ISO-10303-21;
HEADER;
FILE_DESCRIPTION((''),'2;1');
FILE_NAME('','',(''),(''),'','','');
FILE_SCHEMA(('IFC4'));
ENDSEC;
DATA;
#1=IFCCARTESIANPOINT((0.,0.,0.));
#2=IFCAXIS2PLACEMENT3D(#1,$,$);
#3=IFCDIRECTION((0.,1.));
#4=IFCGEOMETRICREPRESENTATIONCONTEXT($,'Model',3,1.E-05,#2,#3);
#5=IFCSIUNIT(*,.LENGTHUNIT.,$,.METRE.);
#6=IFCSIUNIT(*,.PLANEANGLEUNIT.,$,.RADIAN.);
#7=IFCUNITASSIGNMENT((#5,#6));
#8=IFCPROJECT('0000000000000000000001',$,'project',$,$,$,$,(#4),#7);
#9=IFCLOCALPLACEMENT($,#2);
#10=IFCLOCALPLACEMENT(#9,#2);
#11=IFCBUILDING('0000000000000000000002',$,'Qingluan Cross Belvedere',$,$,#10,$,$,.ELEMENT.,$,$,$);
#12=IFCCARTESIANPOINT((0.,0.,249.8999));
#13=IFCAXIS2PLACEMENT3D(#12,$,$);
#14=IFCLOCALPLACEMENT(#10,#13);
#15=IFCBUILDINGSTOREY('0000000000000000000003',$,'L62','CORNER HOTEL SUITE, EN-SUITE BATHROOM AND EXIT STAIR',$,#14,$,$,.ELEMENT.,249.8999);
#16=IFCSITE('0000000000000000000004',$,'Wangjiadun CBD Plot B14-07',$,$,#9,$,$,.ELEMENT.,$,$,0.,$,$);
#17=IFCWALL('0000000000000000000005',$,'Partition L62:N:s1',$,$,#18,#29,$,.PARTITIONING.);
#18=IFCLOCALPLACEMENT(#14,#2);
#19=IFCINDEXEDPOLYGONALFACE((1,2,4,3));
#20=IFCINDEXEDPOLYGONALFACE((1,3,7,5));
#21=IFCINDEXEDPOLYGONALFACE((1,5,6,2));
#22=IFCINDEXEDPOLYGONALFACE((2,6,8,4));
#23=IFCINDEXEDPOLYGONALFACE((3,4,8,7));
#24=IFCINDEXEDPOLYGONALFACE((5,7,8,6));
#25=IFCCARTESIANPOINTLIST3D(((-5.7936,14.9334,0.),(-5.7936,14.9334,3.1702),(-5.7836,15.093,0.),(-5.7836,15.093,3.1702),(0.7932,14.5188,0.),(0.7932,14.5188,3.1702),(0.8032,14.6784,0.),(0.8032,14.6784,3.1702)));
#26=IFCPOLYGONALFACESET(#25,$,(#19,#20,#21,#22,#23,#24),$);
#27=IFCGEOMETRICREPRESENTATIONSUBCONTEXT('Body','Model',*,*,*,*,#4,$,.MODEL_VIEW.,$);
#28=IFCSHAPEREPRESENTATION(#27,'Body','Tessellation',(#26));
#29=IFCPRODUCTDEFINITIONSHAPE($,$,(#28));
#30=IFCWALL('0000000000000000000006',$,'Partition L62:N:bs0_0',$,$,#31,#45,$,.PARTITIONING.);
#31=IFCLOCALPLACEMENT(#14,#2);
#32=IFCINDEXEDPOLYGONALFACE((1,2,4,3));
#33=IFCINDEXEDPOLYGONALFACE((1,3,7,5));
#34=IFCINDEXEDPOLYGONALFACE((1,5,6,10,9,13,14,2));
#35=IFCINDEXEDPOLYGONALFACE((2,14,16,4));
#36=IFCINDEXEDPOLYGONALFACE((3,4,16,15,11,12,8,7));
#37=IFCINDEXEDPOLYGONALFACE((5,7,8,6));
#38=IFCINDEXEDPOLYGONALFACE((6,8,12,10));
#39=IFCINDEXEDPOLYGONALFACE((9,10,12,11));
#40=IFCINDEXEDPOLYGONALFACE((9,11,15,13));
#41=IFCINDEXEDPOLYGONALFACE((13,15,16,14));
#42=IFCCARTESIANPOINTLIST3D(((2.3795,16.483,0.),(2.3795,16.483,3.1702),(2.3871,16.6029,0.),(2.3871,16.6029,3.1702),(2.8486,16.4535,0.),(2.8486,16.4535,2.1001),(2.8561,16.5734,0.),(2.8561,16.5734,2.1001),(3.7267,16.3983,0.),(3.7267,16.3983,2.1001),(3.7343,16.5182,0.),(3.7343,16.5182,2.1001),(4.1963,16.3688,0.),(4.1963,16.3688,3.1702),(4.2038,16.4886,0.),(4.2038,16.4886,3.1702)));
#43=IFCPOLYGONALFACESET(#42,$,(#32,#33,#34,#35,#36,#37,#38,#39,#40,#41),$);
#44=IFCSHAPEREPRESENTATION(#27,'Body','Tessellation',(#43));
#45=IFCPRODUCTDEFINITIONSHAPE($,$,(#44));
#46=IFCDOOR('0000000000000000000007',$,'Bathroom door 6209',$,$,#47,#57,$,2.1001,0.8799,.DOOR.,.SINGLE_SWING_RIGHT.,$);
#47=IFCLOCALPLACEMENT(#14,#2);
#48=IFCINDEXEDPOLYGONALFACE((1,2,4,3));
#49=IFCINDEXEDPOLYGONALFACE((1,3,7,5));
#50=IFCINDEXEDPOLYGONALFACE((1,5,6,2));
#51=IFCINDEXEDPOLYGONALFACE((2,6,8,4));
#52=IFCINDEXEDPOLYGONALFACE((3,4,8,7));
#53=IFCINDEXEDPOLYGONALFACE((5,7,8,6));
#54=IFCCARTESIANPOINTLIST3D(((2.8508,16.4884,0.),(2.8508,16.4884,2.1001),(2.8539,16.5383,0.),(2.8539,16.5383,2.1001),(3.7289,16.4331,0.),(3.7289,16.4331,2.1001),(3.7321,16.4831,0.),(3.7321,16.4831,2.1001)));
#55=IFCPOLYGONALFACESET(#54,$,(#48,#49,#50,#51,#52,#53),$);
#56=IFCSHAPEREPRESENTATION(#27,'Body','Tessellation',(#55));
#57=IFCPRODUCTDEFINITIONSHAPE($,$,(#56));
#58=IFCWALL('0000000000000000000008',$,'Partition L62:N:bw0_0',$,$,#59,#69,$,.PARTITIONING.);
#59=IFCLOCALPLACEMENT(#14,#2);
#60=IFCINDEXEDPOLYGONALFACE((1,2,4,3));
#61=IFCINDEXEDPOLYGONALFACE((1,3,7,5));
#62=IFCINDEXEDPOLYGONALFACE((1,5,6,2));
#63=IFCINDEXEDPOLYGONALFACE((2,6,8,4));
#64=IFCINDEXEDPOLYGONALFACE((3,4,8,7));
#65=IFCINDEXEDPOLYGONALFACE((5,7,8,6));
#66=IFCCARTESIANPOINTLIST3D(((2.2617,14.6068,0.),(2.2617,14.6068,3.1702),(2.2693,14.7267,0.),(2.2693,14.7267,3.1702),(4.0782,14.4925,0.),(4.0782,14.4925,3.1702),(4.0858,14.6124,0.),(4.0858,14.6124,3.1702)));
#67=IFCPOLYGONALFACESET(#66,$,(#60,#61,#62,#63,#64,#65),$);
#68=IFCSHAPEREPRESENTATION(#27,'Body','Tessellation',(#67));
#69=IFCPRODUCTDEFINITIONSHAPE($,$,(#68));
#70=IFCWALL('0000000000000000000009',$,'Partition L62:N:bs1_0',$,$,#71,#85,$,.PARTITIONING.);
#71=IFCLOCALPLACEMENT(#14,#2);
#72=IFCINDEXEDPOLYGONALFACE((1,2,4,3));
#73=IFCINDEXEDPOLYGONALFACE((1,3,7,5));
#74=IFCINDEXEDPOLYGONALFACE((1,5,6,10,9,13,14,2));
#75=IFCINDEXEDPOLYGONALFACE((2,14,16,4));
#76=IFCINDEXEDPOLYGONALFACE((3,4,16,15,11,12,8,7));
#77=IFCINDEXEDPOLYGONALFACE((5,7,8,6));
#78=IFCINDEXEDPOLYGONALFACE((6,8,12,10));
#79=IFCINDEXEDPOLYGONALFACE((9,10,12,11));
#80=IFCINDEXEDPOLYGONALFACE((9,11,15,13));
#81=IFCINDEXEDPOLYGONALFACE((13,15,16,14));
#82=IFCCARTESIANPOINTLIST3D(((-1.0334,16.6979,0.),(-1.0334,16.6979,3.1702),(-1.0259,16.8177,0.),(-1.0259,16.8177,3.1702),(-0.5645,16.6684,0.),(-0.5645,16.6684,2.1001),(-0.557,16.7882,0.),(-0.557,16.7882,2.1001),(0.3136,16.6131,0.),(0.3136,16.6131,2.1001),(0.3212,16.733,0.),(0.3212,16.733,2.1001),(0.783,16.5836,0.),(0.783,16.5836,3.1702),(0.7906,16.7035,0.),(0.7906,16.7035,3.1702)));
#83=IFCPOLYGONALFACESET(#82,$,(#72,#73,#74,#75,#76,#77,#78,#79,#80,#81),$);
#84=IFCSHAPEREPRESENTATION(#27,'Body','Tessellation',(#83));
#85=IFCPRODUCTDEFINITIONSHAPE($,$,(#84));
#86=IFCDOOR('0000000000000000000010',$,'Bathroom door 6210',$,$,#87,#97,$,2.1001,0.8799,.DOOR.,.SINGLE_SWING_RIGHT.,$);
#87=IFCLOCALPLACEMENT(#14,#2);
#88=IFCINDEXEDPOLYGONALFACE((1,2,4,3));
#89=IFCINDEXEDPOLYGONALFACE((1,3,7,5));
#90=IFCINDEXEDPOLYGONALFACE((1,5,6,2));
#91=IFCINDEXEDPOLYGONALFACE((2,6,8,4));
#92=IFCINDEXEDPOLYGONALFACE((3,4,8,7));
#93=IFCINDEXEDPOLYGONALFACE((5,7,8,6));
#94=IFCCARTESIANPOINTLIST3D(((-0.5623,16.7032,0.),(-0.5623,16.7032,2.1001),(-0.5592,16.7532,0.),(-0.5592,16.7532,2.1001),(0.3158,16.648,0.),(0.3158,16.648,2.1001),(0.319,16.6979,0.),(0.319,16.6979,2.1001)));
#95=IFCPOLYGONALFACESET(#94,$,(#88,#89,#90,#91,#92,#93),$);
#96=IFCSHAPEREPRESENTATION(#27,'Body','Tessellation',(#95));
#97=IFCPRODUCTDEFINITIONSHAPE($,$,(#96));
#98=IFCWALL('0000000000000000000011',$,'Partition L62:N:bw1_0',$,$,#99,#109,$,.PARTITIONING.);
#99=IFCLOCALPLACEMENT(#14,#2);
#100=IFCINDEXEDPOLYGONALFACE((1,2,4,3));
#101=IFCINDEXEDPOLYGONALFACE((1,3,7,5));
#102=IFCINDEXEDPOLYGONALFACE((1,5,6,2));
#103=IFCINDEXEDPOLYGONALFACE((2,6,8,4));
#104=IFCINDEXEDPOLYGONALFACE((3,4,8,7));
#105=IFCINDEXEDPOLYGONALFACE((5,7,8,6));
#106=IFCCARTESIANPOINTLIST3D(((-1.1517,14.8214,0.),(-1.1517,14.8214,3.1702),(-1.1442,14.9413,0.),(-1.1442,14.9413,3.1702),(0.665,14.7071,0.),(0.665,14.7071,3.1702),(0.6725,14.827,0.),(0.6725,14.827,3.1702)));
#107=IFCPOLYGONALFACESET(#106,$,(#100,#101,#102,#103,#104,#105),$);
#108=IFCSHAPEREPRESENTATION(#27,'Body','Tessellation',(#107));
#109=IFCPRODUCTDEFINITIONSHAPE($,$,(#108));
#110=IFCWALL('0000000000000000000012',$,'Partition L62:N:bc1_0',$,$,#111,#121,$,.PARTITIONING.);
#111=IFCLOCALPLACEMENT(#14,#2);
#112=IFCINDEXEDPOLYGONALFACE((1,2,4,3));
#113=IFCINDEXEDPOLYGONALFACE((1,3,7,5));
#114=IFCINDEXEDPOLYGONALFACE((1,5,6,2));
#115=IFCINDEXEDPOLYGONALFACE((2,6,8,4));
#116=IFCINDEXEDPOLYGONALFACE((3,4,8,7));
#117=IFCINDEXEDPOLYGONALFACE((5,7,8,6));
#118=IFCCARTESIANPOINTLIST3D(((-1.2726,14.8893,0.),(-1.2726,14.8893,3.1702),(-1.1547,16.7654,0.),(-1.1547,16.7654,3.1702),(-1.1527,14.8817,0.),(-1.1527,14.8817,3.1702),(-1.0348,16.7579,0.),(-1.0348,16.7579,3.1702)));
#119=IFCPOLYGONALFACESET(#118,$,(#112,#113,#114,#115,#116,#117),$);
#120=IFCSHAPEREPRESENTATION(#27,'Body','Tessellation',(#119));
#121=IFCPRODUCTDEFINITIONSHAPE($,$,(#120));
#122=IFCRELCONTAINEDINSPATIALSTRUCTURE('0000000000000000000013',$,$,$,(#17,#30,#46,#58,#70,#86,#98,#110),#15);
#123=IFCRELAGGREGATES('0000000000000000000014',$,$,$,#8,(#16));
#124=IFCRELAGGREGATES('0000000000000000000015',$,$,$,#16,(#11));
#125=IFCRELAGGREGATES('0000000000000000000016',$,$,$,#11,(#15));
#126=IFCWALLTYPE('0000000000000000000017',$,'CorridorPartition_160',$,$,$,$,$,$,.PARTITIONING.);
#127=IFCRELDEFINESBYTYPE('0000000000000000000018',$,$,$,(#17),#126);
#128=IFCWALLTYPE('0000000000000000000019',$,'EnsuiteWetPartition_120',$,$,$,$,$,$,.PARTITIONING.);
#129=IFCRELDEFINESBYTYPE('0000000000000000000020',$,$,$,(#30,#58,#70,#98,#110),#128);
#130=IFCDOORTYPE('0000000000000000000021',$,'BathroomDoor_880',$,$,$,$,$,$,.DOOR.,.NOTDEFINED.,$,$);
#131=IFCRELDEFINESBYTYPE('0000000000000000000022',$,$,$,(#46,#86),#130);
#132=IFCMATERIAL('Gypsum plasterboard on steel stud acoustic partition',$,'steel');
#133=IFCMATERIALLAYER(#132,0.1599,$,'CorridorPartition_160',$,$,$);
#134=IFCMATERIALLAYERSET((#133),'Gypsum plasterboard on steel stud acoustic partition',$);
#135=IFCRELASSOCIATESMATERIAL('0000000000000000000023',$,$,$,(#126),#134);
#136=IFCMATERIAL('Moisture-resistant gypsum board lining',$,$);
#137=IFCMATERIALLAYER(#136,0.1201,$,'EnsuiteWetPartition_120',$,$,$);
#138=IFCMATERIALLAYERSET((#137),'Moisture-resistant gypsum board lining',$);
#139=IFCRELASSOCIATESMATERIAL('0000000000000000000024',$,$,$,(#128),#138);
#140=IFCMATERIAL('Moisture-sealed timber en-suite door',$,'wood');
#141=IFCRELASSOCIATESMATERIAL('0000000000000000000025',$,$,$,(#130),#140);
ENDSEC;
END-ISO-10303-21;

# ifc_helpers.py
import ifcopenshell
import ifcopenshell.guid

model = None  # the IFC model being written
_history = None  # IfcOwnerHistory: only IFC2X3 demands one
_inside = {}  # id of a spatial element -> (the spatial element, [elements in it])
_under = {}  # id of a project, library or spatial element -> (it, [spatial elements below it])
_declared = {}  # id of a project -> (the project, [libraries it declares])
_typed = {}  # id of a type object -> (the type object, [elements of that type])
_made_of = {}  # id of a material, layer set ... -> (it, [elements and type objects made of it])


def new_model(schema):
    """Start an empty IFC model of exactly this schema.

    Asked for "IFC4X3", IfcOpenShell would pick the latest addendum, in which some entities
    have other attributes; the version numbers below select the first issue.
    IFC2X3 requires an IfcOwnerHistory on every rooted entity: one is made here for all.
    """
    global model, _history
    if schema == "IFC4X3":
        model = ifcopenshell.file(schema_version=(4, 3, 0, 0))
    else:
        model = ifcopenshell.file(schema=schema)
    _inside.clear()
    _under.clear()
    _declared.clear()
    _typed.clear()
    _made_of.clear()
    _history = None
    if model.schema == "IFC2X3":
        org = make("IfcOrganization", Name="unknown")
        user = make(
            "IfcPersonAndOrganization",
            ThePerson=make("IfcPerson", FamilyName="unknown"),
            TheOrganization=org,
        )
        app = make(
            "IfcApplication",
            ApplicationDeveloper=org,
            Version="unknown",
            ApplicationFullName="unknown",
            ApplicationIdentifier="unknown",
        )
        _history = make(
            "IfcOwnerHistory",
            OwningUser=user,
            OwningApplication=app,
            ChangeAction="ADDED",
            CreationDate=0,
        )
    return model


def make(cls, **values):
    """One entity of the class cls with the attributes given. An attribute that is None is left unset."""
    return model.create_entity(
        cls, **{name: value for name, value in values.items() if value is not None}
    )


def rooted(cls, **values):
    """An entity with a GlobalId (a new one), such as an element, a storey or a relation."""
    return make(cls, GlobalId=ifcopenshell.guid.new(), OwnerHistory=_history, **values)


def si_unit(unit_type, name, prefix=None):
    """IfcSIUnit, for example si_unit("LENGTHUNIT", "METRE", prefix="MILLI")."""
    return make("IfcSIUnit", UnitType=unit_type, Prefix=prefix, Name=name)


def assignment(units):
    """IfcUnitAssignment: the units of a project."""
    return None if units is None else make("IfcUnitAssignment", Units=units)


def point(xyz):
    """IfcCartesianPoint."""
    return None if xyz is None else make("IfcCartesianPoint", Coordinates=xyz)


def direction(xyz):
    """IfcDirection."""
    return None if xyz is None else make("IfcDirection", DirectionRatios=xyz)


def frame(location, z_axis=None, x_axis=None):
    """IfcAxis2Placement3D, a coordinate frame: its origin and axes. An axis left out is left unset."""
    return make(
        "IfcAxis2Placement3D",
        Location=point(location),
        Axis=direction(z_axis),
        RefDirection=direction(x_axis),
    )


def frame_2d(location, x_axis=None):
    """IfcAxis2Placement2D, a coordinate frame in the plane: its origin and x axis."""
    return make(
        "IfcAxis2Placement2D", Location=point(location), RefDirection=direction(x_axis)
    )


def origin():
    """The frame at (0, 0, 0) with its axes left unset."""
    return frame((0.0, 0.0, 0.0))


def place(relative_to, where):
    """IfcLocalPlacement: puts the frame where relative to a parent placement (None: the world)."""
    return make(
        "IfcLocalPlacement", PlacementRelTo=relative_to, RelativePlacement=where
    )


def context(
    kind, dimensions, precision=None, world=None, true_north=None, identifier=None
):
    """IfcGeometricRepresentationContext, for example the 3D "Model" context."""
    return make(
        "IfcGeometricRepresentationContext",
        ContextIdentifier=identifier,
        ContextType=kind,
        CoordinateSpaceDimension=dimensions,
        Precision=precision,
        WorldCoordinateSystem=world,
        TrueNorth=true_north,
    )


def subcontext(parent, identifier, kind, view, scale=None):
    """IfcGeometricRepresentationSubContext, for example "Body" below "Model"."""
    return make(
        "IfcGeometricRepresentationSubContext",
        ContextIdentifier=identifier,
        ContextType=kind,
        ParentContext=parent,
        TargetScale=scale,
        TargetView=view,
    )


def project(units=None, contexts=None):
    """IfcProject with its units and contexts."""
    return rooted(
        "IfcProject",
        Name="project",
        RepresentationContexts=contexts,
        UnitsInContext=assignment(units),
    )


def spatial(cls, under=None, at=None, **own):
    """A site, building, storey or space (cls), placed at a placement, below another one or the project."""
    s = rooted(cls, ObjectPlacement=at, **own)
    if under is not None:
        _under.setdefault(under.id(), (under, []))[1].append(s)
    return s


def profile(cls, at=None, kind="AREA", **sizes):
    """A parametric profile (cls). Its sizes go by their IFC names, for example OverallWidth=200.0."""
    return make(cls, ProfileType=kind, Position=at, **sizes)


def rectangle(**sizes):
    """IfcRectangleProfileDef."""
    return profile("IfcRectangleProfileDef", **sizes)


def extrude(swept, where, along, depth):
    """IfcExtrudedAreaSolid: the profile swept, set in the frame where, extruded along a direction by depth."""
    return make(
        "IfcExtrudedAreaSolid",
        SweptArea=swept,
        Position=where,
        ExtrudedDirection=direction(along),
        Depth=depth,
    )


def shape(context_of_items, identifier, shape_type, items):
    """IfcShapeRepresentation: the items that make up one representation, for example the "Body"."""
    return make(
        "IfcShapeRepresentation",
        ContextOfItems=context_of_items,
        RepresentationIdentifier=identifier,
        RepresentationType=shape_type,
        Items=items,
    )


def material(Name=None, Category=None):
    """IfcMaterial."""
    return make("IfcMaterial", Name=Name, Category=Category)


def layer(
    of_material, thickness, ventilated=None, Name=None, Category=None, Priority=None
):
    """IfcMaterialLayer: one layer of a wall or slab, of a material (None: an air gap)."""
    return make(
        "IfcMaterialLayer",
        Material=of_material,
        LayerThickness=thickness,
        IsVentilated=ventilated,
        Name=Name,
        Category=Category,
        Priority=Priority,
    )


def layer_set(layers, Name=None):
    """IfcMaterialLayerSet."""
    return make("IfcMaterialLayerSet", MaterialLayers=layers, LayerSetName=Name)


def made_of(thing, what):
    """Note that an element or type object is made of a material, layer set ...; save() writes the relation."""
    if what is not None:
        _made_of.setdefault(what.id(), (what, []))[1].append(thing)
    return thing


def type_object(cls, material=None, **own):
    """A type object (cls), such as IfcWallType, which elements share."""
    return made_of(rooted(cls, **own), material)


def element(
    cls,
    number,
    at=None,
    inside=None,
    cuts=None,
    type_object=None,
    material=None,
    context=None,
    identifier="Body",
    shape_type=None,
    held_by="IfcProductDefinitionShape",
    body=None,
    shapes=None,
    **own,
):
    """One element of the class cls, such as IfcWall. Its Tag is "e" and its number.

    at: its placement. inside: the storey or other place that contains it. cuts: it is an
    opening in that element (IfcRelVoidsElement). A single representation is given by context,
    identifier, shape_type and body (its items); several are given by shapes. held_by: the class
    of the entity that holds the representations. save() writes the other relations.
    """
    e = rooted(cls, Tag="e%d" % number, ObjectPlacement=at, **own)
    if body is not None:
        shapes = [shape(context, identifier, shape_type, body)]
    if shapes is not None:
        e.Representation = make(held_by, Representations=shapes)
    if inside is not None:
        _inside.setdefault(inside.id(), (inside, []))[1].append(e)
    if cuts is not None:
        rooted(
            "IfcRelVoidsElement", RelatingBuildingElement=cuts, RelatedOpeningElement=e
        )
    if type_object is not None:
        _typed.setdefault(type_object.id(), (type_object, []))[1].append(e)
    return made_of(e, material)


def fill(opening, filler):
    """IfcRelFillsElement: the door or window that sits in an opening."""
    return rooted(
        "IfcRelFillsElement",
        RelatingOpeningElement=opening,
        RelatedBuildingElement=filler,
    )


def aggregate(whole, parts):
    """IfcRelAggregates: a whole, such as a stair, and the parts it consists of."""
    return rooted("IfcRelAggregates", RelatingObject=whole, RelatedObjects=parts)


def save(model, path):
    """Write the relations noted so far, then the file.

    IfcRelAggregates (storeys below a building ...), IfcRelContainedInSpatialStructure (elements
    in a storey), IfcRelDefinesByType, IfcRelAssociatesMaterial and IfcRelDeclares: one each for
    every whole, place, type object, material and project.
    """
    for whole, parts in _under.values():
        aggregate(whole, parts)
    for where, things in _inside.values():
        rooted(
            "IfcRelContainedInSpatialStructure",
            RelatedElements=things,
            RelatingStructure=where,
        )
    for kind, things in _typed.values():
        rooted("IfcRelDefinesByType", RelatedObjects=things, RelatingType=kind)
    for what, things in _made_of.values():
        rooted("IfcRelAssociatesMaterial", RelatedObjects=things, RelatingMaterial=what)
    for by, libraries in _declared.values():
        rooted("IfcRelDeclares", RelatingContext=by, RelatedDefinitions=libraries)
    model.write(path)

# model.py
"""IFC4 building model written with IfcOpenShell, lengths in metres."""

from ifc_helpers import new_model, si_unit, direction, frame, frame_2d, origin, place, context, subcontext, project, spatial, rectangle, extrude, material, layer, layer_set, type_object, element, fill, save


model = new_model("IFC4")

# Units and contexts
model_context = context("Model", 3, precision=1e-05, world=origin(), true_north=direction((0.0, 1.0)))
body_context = subcontext(model_context, "Body", "Model", "MODEL_VIEW")
ifc_project = project(units=[si_unit("LENGTHUNIT", "METRE"), si_unit("PLANEANGLEUNIT", "RADIAN")], contexts=[model_context])

# Site, building, storey
site_placement = place(None, origin())
site = spatial("IfcSite", under=ifc_project, at=site_placement, Name="Wangjiadun CBD Plot B14-07", CompositionType="ELEMENT", RefElevation=0.0)
building_placement = place(site_placement, origin())
building = spatial("IfcBuilding", under=site, at=building_placement, Name="Qingluan Cross Belvedere", CompositionType="ELEMENT")
storey_placement = place(building_placement, frame((0.0, 0.0, 249.8999)))
storey = spatial("IfcBuildingStorey", under=building, at=storey_placement, Name="L62", Description="CORNER HOTEL SUITE, EN-SUITE BATHROOM AND EXIT STAIR", CompositionType="ELEMENT", Elevation=249.8999)

# Shared definitions
ifc_material_1 = material(Name="Gypsum plasterboard on steel stud acoustic partition", Category="steel")
ifc_layer_1 = layer(ifc_material_1, 0.1599, Name="CorridorPartition_160")
ifc_layer_set_1 = layer_set([ifc_layer_1], Name="Gypsum plasterboard on steel stud acoustic partition")
wall_type_1 = type_object("IfcWallType", Name="CorridorPartition_160", PredefinedType="PARTITIONING", material=ifc_layer_set_1)

# Wall
wall_1_placement = place(storey_placement, frame((0.7981, 14.5986, 0.0), z_axis=(0.0, 0.0, 1.0), x_axis=(-0.998025, 0.062811, 0.0)))
element("IfcWall", 1, at=wall_1_placement, inside=storey, type_object=wall_type_1, Name="Partition L62:N:s1", PredefinedType="PARTITIONING", context=body_context, shape_type="SweptSolid", body=[
    extrude(rectangle(XDim=6.5999, YDim=0.1599, at=frame_2d((3.2998, 0.0))), origin(), (0.0, 0.0, 1.0), 3.1702),
])

# Wall, opening, door
ifc_material_2 = material(Name="Moisture-resistant gypsum board lining")
ifc_layer_2 = layer(ifc_material_2, 0.1201, Name="EnsuiteWetPartition_120")
ifc_layer_set_2 = layer_set([ifc_layer_2], Name="Moisture-resistant gypsum board lining")
wall_type_2 = type_object("IfcWallType", Name="EnsuiteWetPartition_120", PredefinedType="PARTITIONING", material=ifc_layer_set_2)
wall_2_placement = place(storey_placement, frame((2.3833, 16.543, 0.0), z_axis=(0.0, 0.0, 1.0), x_axis=(0.998028, -0.062771, 0.0)))
wall_2 = element("IfcWall", 2, at=wall_2_placement, inside=storey, type_object=wall_type_2, Name="Partition L62:N:bs0_0", PredefinedType="PARTITIONING", context=body_context, shape_type="SweptSolid", body=[
    extrude(rectangle(XDim=1.8203, YDim=0.1201, at=frame_2d((0.9102, 0.0))), origin(), (0.0, 0.0, 1.0), 3.1702),
])
opening_1_placement = place(wall_2_placement, frame((0.47, 0.0, 0.0)))
opening_1 = element("IfcOpeningElement", 3, at=opening_1_placement, cuts=wall_2, PredefinedType="OPENING", context=body_context, shape_type="SweptSolid", body=[
    extrude(rectangle(XDim=0.8799, YDim=2.1001, at=frame_2d((0.4399, 1.05))), frame((0.0, 0.0701, 0.0), z_axis=(0.0, -1.0, 0.0), x_axis=(1.0, 0.0, 0.0)), (0.0, 0.0, 1.0), 0.1401),
])
ifc_material_3 = material(Name="Moisture-sealed timber en-suite door", Category="wood")
door_type_1 = type_object("IfcDoorType", Name="BathroomDoor_880", OperationType="NOTDEFINED", PredefinedType="DOOR", material=ifc_material_3)
door_1_placement = place(opening_1_placement, origin())
door_1 = element("IfcDoor", 4, at=door_1_placement, inside=storey, type_object=door_type_1, Name="Bathroom door 6209", OperationType="SINGLE_SWING_RIGHT", OverallHeight=2.1001, OverallWidth=0.8799, PredefinedType="DOOR", context=body_context, shape_type="SweptSolid", body=[
    extrude(rectangle(XDim=0.8799, YDim=2.1001, at=frame_2d((0.4399, 1.05))), frame((0.0, 0.0249, 0.0), z_axis=(0.0, -1.0, 0.0), x_axis=(1.0, 0.0, 0.0)), (0.0, 0.0, 1.0), 0.05),
])
fill(opening_1, door_1)

# Wall
wall_3_placement = place(storey_placement, frame((2.2654, 14.6667, 0.0), z_axis=(0.0, 0.0, 1.0), x_axis=(0.998027, -0.062779, 0.0)))
element("IfcWall", 5, at=wall_3_placement, inside=storey, type_object=wall_type_2, Name="Partition L62:N:bw0_0", PredefinedType="PARTITIONING", context=body_context, shape_type="SweptSolid", body=[
    extrude(rectangle(XDim=1.8201, YDim=0.1201, at=frame_2d((0.9102, 0.0))), origin(), (0.0, 0.0, 1.0), 3.1702),
])

# Wall, opening, door
wall_4_placement = place(storey_placement, frame((-1.0298, 16.7578, 0.0), z_axis=(0.0, 0.0, 1.0), x_axis=(0.998027, -0.062779, 0.0)))
wall_4 = element("IfcWall", 6, at=wall_4_placement, inside=storey, type_object=wall_type_2, Name="Partition L62:N:bs1_0", PredefinedType="PARTITIONING", context=body_context, shape_type="SweptSolid", body=[
    extrude(rectangle(XDim=1.8201, YDim=0.1201, at=frame_2d((0.9102, 0.0))), origin(), (0.0, 0.0, 1.0), 3.1702),
])
opening_2_placement = place(wall_4_placement, frame((0.47, 0.0, 0.0)))
opening_2 = element("IfcOpeningElement", 7, at=opening_2_placement, cuts=wall_4, PredefinedType="OPENING", context=body_context, shape_type="SweptSolid", body=[
    extrude(rectangle(XDim=0.8799, YDim=2.1001, at=frame_2d((0.4399, 1.05))), frame((0.0, 0.0701, 0.0), z_axis=(0.0, -1.0, 0.0), x_axis=(1.0, 0.0, 0.0)), (0.0, 0.0, 1.0), 0.1401),
])
door_2_placement = place(opening_2_placement, origin())
door_2 = element("IfcDoor", 8, at=door_2_placement, inside=storey, type_object=door_type_1, Name="Bathroom door 6210", OperationType="SINGLE_SWING_RIGHT", OverallHeight=2.1001, OverallWidth=0.8799, PredefinedType="DOOR", context=body_context, shape_type="SweptSolid", body=[
    extrude(rectangle(XDim=0.8799, YDim=2.1001, at=frame_2d((0.4399, 1.05))), frame((0.0, 0.0249, 0.0), z_axis=(0.0, -1.0, 0.0), x_axis=(1.0, 0.0, 0.0)), (0.0, 0.0, 1.0), 0.05),
])
fill(opening_2, door_2)

# Walls
wall_5_placement = place(storey_placement, frame((-1.1479, 14.8813, 0.0), z_axis=(0.0, 0.0, 1.0), x_axis=(0.998028, -0.062771, 0.0)))
element("IfcWall", 9, at=wall_5_placement, inside=storey, type_object=wall_type_2, Name="Partition L62:N:bw1_0", PredefinedType="PARTITIONING", context=body_context, shape_type="SweptSolid", body=[
    extrude(rectangle(XDim=1.8203, YDim=0.1201, at=frame_2d((0.9102, 0.0))), origin(), (0.0, 0.0, 1.0), 3.1702),
])
wall_6_placement = place(storey_placement, frame((-1.2126, 14.8855, 0.0), z_axis=(0.0, 0.0, 1.0), x_axis=(0.062726, 0.998031, 0.0)))
element("IfcWall", 10, at=wall_6_placement, inside=storey, type_object=wall_type_2, Name="Partition L62:N:bc1_0", PredefinedType="PARTITIONING", context=body_context, shape_type="SweptSolid", body=[
    extrude(rectangle(XDim=1.8799, YDim=0.1201, at=frame_2d((0.9399, 0.0))), origin(), (0.0, 0.0, 1.0), 3.1702),
])

save(model, "model.ifc")
